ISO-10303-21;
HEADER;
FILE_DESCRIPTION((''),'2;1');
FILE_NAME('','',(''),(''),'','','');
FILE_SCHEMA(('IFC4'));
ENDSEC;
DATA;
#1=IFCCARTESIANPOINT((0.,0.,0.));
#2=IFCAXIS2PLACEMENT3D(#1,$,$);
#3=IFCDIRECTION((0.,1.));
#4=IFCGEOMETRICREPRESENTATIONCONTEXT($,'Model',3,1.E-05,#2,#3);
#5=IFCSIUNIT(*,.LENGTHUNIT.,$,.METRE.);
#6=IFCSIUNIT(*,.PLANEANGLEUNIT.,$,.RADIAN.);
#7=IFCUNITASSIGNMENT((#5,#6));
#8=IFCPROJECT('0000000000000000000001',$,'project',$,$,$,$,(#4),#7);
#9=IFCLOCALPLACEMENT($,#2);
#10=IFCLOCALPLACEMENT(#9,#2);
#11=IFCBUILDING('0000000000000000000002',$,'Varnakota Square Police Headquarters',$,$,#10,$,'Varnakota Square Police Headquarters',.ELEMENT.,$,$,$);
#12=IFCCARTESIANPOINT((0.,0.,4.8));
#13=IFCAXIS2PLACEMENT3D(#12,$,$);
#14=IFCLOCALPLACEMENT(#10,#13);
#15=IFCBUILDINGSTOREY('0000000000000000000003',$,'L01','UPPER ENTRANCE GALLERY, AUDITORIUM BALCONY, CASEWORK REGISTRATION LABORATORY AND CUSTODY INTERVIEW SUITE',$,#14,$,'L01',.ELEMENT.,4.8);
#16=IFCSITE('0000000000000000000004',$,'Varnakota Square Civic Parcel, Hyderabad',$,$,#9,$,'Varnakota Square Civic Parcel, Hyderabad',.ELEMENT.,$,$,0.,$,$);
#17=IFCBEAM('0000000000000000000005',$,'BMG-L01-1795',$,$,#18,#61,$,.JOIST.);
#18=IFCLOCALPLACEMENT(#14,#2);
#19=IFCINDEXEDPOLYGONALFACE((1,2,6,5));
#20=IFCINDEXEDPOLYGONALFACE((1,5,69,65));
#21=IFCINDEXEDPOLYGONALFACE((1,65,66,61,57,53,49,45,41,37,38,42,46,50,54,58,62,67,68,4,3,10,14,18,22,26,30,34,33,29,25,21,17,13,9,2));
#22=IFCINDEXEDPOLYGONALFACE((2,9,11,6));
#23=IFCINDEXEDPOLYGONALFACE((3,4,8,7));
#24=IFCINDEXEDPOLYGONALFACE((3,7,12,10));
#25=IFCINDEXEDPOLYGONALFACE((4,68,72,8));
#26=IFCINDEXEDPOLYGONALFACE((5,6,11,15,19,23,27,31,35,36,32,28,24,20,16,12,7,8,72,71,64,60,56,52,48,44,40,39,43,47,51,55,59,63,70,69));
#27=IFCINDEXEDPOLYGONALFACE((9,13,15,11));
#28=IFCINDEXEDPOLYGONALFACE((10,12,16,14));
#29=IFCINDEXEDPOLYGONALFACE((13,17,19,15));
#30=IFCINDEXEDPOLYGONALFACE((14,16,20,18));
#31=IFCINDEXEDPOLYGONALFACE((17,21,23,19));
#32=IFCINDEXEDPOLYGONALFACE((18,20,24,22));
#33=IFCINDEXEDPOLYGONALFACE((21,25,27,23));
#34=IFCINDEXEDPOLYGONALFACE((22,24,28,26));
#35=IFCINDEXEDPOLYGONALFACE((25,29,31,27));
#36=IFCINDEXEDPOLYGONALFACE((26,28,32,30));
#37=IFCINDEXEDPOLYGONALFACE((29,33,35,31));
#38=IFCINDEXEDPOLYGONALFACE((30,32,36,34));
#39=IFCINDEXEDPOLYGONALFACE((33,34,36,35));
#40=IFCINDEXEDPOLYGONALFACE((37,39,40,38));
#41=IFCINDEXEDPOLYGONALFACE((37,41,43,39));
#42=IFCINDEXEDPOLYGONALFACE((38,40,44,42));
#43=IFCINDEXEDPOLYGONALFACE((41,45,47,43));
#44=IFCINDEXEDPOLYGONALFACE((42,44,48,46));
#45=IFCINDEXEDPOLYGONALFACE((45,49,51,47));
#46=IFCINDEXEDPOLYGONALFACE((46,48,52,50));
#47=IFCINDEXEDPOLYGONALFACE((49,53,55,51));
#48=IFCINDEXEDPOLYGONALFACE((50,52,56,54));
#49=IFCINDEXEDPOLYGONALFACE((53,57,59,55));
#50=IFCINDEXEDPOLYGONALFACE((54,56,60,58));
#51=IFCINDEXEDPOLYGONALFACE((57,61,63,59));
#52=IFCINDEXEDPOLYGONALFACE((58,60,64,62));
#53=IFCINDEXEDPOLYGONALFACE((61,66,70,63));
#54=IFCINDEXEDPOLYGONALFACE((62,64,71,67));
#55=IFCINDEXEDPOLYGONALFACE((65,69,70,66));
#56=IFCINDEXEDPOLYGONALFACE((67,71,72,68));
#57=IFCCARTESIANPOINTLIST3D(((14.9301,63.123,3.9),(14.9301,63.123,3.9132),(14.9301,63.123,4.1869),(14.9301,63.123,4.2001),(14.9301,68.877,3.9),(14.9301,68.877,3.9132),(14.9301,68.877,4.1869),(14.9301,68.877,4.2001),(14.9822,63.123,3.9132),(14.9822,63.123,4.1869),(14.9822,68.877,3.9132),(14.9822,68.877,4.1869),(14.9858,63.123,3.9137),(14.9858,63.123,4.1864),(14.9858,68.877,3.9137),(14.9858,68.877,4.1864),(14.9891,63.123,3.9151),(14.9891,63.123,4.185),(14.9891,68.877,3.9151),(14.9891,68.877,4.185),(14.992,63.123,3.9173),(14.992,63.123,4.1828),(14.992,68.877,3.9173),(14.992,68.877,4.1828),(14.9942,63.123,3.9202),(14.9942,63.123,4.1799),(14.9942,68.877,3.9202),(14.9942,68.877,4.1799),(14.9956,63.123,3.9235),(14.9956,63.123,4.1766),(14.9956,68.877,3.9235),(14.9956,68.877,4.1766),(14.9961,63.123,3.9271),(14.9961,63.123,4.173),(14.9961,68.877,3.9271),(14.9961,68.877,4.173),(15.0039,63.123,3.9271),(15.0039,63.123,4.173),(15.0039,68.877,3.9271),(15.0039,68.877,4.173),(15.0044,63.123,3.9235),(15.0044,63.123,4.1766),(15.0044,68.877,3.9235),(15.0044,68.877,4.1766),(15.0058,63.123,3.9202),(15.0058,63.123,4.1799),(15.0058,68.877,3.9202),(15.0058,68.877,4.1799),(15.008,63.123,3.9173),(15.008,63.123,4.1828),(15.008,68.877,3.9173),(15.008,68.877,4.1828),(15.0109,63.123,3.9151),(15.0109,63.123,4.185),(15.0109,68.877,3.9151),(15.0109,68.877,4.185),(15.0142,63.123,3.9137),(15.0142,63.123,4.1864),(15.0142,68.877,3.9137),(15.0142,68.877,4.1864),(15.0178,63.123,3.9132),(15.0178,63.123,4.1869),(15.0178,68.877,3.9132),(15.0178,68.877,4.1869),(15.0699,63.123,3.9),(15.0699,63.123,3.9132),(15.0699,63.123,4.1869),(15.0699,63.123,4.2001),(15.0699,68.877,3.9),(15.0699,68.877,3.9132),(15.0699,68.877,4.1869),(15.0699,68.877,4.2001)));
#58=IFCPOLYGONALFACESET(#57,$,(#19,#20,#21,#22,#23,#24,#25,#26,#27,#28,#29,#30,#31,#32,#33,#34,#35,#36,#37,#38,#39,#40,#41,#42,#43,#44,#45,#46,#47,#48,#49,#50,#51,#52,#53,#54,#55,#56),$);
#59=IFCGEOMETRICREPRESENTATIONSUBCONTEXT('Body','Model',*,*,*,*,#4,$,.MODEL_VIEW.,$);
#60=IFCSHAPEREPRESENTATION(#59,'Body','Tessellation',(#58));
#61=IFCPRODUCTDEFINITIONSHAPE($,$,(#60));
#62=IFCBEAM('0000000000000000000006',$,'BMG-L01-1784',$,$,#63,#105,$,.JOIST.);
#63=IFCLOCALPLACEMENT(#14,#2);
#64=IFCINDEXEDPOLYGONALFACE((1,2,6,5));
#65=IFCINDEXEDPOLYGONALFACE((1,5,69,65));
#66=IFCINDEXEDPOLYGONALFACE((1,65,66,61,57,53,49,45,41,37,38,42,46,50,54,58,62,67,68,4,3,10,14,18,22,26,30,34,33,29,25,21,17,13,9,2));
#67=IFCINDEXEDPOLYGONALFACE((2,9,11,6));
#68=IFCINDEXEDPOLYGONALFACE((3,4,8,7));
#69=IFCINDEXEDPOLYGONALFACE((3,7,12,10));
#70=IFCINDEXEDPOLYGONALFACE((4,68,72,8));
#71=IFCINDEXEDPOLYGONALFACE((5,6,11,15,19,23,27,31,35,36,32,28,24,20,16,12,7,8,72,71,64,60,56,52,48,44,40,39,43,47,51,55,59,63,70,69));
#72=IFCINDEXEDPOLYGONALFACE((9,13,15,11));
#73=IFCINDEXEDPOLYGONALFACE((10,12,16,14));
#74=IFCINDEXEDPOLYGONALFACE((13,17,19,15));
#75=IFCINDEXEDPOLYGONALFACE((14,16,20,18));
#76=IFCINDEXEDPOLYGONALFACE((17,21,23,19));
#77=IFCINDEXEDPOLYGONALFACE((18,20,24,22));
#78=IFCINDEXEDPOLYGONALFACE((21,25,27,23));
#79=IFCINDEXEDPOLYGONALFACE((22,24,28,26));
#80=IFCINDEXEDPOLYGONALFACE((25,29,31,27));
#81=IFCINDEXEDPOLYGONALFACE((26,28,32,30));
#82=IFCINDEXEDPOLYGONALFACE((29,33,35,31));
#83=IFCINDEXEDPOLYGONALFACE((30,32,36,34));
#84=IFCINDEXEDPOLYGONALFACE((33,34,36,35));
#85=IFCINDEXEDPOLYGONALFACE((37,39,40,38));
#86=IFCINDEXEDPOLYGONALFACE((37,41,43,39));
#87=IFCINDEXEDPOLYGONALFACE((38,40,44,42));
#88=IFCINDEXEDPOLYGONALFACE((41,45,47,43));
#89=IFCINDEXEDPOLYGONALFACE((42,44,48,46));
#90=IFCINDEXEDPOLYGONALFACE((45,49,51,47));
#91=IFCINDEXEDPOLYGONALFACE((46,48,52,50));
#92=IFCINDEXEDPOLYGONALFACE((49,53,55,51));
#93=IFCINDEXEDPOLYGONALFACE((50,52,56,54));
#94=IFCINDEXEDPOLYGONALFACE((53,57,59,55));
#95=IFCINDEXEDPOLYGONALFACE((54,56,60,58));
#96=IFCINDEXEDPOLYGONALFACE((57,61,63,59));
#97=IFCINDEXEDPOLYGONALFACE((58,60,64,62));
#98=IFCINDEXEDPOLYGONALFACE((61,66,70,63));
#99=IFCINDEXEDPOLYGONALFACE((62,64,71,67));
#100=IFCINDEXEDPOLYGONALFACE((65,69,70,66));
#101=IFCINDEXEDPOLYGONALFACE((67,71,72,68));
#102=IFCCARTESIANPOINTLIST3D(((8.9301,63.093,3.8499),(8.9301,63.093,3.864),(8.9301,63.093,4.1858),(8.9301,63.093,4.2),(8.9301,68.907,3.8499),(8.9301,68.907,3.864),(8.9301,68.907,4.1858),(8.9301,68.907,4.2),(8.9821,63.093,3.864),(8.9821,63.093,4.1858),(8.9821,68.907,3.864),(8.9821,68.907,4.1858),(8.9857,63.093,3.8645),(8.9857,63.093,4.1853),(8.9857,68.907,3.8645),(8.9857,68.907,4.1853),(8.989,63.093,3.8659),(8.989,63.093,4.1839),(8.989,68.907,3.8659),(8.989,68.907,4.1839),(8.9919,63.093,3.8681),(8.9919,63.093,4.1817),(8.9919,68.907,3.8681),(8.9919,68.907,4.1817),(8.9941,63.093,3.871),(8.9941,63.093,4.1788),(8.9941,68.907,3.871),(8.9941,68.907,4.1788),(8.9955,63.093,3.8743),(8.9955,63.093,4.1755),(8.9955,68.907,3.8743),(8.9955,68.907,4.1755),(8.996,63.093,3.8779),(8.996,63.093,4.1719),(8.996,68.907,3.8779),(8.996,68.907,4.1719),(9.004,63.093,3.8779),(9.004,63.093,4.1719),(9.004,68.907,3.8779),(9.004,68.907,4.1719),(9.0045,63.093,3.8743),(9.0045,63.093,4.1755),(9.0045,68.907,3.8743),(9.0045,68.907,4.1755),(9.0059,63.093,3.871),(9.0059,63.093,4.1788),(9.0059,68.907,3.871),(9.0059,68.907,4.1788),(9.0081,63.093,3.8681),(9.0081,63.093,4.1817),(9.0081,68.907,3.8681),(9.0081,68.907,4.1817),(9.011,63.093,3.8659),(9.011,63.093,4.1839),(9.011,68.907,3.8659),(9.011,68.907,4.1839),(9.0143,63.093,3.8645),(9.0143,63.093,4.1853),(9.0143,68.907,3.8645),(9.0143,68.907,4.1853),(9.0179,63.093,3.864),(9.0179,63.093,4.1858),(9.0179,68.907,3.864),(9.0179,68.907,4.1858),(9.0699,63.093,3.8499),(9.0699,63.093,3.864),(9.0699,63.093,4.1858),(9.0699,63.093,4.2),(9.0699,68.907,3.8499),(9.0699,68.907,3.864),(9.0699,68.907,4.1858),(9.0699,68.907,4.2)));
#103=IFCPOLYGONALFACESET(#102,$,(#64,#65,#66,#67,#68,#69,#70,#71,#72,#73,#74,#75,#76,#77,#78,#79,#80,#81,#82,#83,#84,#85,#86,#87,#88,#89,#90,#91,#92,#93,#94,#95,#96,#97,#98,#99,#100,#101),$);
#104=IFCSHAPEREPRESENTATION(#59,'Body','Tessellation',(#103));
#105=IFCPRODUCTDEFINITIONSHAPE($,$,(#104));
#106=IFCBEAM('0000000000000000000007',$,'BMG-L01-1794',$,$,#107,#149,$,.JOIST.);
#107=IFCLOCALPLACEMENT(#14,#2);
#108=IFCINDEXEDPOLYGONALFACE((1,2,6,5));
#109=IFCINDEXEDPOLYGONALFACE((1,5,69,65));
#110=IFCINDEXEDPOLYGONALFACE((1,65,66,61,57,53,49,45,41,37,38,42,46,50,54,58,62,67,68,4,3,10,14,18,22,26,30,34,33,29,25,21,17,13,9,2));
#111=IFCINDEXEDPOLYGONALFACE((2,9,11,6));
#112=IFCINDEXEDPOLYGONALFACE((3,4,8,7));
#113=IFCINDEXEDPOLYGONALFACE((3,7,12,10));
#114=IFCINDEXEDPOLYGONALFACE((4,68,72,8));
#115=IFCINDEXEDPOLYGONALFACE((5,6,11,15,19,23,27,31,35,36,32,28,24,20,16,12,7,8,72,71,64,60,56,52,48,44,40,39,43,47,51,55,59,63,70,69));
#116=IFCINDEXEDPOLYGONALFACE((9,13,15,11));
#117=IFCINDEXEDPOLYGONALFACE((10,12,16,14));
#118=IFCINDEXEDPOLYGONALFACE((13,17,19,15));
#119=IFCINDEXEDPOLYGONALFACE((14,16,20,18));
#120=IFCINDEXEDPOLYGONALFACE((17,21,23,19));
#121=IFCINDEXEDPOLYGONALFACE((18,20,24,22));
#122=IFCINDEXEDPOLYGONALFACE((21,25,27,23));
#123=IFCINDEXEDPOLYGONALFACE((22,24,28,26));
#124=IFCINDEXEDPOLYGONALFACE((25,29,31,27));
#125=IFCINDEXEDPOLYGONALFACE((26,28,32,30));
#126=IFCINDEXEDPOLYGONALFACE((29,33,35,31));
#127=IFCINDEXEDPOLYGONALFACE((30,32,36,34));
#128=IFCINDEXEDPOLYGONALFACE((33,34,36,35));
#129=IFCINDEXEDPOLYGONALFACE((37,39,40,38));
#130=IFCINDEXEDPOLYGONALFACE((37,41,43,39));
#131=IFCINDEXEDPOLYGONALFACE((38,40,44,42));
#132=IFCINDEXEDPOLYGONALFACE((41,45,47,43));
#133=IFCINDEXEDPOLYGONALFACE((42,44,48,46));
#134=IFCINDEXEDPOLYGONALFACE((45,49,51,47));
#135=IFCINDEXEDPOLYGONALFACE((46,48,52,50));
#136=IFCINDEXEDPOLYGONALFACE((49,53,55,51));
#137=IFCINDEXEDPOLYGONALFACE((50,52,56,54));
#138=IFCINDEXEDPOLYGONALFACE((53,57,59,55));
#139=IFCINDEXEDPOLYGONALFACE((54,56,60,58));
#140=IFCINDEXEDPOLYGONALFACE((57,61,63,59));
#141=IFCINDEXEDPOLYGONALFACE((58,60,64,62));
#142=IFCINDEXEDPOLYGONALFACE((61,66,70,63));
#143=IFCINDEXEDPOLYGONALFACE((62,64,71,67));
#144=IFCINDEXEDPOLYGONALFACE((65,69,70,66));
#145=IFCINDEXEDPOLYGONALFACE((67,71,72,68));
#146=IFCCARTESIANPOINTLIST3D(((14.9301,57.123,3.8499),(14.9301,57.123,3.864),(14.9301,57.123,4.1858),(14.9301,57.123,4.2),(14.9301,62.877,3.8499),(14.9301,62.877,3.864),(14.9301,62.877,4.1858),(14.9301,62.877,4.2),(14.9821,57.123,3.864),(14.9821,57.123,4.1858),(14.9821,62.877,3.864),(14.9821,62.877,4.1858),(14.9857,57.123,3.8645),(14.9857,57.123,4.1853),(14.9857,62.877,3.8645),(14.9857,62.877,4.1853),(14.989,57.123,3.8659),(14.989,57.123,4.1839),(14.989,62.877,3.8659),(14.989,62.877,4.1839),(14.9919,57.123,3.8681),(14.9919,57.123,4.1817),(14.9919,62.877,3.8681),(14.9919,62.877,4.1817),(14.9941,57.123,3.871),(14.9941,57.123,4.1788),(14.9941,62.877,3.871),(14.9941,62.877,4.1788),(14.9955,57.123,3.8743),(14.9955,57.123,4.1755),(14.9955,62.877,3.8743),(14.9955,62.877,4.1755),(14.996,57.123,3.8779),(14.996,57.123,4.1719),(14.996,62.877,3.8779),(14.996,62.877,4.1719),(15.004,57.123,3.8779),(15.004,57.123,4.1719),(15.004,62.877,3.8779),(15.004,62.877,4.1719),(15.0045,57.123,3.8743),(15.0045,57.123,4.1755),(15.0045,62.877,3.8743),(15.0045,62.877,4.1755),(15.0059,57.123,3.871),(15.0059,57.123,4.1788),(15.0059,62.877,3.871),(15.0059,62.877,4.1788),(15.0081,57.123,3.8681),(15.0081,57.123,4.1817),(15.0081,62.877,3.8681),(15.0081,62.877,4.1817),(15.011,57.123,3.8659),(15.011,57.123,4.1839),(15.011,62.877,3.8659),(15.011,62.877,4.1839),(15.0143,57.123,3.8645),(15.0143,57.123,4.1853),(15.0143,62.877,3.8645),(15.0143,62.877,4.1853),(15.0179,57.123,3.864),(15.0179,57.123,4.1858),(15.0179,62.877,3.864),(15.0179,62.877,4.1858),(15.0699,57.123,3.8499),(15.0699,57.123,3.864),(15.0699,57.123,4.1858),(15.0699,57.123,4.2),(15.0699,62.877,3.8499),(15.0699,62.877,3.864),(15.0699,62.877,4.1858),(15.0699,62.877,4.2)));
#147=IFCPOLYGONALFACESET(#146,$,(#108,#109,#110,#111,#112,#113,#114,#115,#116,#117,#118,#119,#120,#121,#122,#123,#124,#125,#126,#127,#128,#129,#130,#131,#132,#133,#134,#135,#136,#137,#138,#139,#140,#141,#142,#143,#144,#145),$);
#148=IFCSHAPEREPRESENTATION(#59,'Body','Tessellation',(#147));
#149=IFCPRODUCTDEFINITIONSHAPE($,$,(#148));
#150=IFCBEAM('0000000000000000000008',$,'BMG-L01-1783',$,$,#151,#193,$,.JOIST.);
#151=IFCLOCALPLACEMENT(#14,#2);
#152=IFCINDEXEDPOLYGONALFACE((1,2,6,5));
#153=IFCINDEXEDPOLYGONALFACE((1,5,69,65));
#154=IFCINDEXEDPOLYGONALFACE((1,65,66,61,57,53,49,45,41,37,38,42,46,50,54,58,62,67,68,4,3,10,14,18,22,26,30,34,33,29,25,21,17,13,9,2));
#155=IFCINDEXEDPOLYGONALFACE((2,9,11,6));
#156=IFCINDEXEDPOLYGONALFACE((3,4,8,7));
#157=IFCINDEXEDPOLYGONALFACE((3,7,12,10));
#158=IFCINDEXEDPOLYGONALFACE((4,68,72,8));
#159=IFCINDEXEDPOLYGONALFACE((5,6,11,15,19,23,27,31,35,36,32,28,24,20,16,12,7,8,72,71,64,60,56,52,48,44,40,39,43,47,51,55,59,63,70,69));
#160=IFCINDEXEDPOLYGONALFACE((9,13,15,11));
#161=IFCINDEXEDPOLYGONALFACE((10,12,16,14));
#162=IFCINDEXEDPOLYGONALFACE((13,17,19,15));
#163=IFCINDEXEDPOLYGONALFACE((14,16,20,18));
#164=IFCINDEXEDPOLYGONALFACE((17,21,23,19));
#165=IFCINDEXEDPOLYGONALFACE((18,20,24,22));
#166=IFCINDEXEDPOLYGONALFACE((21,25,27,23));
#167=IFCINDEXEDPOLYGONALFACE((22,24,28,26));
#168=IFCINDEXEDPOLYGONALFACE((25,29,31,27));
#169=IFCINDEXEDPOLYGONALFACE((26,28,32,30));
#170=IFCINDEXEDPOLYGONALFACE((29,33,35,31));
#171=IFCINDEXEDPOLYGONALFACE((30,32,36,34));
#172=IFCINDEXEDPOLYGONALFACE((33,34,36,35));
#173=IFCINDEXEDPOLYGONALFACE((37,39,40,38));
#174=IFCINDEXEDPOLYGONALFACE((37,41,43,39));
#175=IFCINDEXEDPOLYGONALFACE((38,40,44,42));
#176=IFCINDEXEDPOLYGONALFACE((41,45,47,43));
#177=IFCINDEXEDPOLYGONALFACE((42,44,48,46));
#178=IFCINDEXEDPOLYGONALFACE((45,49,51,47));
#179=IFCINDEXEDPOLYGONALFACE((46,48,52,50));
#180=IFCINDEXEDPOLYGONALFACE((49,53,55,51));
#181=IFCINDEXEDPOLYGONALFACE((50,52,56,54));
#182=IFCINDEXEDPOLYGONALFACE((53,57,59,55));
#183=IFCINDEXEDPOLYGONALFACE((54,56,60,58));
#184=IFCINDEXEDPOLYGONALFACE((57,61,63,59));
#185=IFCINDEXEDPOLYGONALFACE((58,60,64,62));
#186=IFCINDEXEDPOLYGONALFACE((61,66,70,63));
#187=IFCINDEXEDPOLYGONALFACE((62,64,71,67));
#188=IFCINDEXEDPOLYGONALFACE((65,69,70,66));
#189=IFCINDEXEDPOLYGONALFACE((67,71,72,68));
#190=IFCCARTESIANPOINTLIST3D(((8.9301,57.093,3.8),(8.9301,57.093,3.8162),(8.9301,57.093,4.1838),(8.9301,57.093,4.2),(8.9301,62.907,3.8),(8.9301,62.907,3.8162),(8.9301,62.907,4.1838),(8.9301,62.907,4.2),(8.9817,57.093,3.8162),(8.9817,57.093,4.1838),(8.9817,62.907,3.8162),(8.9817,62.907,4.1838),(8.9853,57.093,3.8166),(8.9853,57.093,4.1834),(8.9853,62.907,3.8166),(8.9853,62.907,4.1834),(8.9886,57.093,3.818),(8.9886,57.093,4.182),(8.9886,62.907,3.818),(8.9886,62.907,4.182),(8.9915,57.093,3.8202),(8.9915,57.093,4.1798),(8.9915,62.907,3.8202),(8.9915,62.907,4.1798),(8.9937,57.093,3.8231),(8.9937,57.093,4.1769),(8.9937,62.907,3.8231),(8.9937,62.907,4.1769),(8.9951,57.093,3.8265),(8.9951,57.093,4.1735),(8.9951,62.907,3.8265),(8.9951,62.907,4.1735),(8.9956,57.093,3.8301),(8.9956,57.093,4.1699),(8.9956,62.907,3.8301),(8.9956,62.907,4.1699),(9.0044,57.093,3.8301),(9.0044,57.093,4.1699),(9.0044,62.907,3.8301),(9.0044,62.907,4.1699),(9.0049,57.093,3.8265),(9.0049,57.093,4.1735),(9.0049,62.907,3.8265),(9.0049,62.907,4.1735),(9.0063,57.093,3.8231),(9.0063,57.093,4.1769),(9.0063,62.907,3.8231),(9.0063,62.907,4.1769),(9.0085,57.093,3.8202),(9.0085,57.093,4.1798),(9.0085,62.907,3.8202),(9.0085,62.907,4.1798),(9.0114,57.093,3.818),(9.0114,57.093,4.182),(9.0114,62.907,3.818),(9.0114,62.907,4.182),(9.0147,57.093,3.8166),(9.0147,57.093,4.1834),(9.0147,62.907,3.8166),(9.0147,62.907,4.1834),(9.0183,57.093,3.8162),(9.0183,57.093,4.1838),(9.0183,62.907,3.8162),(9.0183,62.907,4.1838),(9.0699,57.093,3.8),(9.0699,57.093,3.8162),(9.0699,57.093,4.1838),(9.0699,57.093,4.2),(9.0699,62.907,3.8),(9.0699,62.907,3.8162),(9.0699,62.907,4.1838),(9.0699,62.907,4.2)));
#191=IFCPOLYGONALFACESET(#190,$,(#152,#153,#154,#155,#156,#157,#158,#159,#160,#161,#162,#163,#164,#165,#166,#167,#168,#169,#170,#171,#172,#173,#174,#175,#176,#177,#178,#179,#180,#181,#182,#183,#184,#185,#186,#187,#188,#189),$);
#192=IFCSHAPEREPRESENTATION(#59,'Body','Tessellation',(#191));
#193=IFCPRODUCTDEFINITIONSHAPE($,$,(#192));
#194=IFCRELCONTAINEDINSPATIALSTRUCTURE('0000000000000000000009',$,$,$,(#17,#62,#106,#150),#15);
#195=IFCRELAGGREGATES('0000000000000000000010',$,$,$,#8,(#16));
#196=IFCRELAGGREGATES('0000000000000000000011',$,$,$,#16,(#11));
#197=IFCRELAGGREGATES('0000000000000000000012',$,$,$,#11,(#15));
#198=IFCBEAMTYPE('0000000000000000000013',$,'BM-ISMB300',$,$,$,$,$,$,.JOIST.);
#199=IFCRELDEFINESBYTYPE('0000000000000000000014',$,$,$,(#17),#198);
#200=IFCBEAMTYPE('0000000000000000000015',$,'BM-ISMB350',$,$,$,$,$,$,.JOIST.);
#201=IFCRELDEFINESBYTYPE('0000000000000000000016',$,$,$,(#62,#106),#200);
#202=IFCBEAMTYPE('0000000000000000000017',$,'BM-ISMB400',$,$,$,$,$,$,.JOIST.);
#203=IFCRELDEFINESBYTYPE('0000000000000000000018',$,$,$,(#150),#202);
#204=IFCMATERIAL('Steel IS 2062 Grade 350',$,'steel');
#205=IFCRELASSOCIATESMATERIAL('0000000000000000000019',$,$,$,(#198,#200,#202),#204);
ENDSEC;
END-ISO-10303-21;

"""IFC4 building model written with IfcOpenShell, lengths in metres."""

from ifc_helpers import new_model, si_unit, direction, frame, origin, origin_2d, place, context, subcontext, project, spatial, i_section, extrude, material, material_profile, profile_set, type_object, element, save


model = new_model("IFC4")

# Units and contexts
model_context = context("Model", 3, precision=1e-05, world=origin(), true_north=direction((0.0, 1.0)))
body_context = subcontext(model_context, "Body", "Model", "MODEL_VIEW")
ifc_project = project(units=[si_unit("LENGTHUNIT", "METRE"), si_unit("PLANEANGLEUNIT", "RADIAN")], contexts=[model_context])

# Site, building, storey
site_placement = place(None, origin())
site = spatial("IfcSite", under=ifc_project, at=site_placement, Name="Varnakota Square Civic Parcel, Hyderabad", LongName="Varnakota Square Civic Parcel, Hyderabad", CompositionType="ELEMENT", RefElevation=0.0)
building_placement = place(site_placement, origin())
building = spatial("IfcBuilding", under=site, at=building_placement, Name="Varnakota Square Police Headquarters", LongName="Varnakota Square Police Headquarters", CompositionType="ELEMENT")
storey_placement = place(building_placement, frame((0.0, 0.0, 4.8)))
storey = spatial("IfcBuildingStorey", under=building, at=storey_placement, Name="L01", Description="UPPER ENTRANCE GALLERY, AUDITORIUM BALCONY, CASEWORK REGISTRATION LABORATORY AND CUSTODY INTERVIEW SUITE", LongName="L01", CompositionType="ELEMENT", Elevation=4.8)

# Shared definitions
ifc_material_1 = material(Name="Steel IS 2062 Grade 350", Category="steel")

# Beams
ifc_material_profile_1 = material_profile(ifc_material_1, i_section(OverallWidth=0.1399, OverallDepth=0.3, WebThickness=0.0078, FlangeThickness=0.0132, FilletRadius=0.0139, at=origin_2d()), Name="ISMB 300")
ifc_profile_set_1 = profile_set([ifc_material_profile_1], Name="Steel IS 2062 Grade 350")
beam_type_1 = type_object("IfcBeamType", Name="BM-ISMB300", PredefinedType="JOIST", material=ifc_profile_set_1)
beam_1_placement = place(storey_placement, frame((15.0, 63.123, 4.05), z_axis=(0.0, 1.0, 0.0), x_axis=(-1.0, 0.0, 0.0)))
element("IfcBeam", 1, at=beam_1_placement, inside=storey, type_object=beam_type_1, Name="BMG-L01-1795", PredefinedType="JOIST", context=body_context, shape_type="SweptSolid", body=[
    extrude(i_section(OverallWidth=0.1399, OverallDepth=0.3, WebThickness=0.0078, FlangeThickness=0.0132, FilletRadius=0.0139, at=origin_2d()), origin(), (0.0, 0.0, 1.0), 5.7539),
])
ifc_material_profile_2 = material_profile(ifc_material_1, i_section(OverallWidth=0.1399, OverallDepth=0.3501, WebThickness=0.0081, FlangeThickness=0.0142, FilletRadius=0.0139, at=origin_2d()), Name="ISMB 350")
ifc_profile_set_2 = profile_set([ifc_material_profile_2], Name="Steel IS 2062 Grade 350")
beam_type_2 = type_object("IfcBeamType", Name="BM-ISMB350", PredefinedType="JOIST", material=ifc_profile_set_2)
beam_2_placement = place(storey_placement, frame((9.0, 63.093, 4.0249), z_axis=(0.0, 1.0, 0.0), x_axis=(-1.0, 0.0, 0.0)))
element("IfcBeam", 2, at=beam_2_placement, inside=storey, type_object=beam_type_2, Name="BMG-L01-1784", PredefinedType="JOIST", context=body_context, shape_type="SweptSolid", body=[
    extrude(i_section(OverallWidth=0.1399, OverallDepth=0.3501, WebThickness=0.0081, FlangeThickness=0.0142, FilletRadius=0.0139, at=origin_2d()), origin(), (0.0, 0.0, 1.0), 5.814),
])
beam_3_placement = place(storey_placement, frame((15.0, 57.123, 4.0249), z_axis=(0.0, 1.0, 0.0), x_axis=(-1.0, 0.0, 0.0)))
element("IfcBeam", 3, at=beam_3_placement, inside=storey, type_object=beam_type_2, Name="BMG-L01-1794", PredefinedType="JOIST", context=body_context, shape_type="SweptSolid", body=[
    extrude(i_section(OverallWidth=0.1399, OverallDepth=0.3501, WebThickness=0.0081, FlangeThickness=0.0142, FilletRadius=0.0139, at=origin_2d()), origin(), (0.0, 0.0, 1.0), 5.7539),
])
ifc_material_profile_3 = material_profile(ifc_material_1, i_section(OverallWidth=0.1399, OverallDepth=0.3999, WebThickness=0.0088, FlangeThickness=0.0161, FilletRadius=0.0139, at=origin_2d()), Name="ISMB 400")
ifc_profile_set_3 = profile_set([ifc_material_profile_3], Name="Steel IS 2062 Grade 350")
beam_type_3 = type_object("IfcBeamType", Name="BM-ISMB400", PredefinedType="JOIST", material=ifc_profile_set_3)
beam_4_placement = place(storey_placement, frame((9.0, 57.093, 4.0), z_axis=(0.0, 1.0, 0.0), x_axis=(-1.0, 0.0, 0.0)))
element("IfcBeam", 4, at=beam_4_placement, inside=storey, type_object=beam_type_3, Name="BMG-L01-1783", PredefinedType="JOIST", context=body_context, shape_type="SweptSolid", body=[
    extrude(i_section(OverallWidth=0.1399, OverallDepth=0.3999, WebThickness=0.0088, FlangeThickness=0.0161, FilletRadius=0.0139, at=origin_2d()), origin(), (0.0, 0.0, 1.0), 5.814),
])

save(model, "model.ifc")
